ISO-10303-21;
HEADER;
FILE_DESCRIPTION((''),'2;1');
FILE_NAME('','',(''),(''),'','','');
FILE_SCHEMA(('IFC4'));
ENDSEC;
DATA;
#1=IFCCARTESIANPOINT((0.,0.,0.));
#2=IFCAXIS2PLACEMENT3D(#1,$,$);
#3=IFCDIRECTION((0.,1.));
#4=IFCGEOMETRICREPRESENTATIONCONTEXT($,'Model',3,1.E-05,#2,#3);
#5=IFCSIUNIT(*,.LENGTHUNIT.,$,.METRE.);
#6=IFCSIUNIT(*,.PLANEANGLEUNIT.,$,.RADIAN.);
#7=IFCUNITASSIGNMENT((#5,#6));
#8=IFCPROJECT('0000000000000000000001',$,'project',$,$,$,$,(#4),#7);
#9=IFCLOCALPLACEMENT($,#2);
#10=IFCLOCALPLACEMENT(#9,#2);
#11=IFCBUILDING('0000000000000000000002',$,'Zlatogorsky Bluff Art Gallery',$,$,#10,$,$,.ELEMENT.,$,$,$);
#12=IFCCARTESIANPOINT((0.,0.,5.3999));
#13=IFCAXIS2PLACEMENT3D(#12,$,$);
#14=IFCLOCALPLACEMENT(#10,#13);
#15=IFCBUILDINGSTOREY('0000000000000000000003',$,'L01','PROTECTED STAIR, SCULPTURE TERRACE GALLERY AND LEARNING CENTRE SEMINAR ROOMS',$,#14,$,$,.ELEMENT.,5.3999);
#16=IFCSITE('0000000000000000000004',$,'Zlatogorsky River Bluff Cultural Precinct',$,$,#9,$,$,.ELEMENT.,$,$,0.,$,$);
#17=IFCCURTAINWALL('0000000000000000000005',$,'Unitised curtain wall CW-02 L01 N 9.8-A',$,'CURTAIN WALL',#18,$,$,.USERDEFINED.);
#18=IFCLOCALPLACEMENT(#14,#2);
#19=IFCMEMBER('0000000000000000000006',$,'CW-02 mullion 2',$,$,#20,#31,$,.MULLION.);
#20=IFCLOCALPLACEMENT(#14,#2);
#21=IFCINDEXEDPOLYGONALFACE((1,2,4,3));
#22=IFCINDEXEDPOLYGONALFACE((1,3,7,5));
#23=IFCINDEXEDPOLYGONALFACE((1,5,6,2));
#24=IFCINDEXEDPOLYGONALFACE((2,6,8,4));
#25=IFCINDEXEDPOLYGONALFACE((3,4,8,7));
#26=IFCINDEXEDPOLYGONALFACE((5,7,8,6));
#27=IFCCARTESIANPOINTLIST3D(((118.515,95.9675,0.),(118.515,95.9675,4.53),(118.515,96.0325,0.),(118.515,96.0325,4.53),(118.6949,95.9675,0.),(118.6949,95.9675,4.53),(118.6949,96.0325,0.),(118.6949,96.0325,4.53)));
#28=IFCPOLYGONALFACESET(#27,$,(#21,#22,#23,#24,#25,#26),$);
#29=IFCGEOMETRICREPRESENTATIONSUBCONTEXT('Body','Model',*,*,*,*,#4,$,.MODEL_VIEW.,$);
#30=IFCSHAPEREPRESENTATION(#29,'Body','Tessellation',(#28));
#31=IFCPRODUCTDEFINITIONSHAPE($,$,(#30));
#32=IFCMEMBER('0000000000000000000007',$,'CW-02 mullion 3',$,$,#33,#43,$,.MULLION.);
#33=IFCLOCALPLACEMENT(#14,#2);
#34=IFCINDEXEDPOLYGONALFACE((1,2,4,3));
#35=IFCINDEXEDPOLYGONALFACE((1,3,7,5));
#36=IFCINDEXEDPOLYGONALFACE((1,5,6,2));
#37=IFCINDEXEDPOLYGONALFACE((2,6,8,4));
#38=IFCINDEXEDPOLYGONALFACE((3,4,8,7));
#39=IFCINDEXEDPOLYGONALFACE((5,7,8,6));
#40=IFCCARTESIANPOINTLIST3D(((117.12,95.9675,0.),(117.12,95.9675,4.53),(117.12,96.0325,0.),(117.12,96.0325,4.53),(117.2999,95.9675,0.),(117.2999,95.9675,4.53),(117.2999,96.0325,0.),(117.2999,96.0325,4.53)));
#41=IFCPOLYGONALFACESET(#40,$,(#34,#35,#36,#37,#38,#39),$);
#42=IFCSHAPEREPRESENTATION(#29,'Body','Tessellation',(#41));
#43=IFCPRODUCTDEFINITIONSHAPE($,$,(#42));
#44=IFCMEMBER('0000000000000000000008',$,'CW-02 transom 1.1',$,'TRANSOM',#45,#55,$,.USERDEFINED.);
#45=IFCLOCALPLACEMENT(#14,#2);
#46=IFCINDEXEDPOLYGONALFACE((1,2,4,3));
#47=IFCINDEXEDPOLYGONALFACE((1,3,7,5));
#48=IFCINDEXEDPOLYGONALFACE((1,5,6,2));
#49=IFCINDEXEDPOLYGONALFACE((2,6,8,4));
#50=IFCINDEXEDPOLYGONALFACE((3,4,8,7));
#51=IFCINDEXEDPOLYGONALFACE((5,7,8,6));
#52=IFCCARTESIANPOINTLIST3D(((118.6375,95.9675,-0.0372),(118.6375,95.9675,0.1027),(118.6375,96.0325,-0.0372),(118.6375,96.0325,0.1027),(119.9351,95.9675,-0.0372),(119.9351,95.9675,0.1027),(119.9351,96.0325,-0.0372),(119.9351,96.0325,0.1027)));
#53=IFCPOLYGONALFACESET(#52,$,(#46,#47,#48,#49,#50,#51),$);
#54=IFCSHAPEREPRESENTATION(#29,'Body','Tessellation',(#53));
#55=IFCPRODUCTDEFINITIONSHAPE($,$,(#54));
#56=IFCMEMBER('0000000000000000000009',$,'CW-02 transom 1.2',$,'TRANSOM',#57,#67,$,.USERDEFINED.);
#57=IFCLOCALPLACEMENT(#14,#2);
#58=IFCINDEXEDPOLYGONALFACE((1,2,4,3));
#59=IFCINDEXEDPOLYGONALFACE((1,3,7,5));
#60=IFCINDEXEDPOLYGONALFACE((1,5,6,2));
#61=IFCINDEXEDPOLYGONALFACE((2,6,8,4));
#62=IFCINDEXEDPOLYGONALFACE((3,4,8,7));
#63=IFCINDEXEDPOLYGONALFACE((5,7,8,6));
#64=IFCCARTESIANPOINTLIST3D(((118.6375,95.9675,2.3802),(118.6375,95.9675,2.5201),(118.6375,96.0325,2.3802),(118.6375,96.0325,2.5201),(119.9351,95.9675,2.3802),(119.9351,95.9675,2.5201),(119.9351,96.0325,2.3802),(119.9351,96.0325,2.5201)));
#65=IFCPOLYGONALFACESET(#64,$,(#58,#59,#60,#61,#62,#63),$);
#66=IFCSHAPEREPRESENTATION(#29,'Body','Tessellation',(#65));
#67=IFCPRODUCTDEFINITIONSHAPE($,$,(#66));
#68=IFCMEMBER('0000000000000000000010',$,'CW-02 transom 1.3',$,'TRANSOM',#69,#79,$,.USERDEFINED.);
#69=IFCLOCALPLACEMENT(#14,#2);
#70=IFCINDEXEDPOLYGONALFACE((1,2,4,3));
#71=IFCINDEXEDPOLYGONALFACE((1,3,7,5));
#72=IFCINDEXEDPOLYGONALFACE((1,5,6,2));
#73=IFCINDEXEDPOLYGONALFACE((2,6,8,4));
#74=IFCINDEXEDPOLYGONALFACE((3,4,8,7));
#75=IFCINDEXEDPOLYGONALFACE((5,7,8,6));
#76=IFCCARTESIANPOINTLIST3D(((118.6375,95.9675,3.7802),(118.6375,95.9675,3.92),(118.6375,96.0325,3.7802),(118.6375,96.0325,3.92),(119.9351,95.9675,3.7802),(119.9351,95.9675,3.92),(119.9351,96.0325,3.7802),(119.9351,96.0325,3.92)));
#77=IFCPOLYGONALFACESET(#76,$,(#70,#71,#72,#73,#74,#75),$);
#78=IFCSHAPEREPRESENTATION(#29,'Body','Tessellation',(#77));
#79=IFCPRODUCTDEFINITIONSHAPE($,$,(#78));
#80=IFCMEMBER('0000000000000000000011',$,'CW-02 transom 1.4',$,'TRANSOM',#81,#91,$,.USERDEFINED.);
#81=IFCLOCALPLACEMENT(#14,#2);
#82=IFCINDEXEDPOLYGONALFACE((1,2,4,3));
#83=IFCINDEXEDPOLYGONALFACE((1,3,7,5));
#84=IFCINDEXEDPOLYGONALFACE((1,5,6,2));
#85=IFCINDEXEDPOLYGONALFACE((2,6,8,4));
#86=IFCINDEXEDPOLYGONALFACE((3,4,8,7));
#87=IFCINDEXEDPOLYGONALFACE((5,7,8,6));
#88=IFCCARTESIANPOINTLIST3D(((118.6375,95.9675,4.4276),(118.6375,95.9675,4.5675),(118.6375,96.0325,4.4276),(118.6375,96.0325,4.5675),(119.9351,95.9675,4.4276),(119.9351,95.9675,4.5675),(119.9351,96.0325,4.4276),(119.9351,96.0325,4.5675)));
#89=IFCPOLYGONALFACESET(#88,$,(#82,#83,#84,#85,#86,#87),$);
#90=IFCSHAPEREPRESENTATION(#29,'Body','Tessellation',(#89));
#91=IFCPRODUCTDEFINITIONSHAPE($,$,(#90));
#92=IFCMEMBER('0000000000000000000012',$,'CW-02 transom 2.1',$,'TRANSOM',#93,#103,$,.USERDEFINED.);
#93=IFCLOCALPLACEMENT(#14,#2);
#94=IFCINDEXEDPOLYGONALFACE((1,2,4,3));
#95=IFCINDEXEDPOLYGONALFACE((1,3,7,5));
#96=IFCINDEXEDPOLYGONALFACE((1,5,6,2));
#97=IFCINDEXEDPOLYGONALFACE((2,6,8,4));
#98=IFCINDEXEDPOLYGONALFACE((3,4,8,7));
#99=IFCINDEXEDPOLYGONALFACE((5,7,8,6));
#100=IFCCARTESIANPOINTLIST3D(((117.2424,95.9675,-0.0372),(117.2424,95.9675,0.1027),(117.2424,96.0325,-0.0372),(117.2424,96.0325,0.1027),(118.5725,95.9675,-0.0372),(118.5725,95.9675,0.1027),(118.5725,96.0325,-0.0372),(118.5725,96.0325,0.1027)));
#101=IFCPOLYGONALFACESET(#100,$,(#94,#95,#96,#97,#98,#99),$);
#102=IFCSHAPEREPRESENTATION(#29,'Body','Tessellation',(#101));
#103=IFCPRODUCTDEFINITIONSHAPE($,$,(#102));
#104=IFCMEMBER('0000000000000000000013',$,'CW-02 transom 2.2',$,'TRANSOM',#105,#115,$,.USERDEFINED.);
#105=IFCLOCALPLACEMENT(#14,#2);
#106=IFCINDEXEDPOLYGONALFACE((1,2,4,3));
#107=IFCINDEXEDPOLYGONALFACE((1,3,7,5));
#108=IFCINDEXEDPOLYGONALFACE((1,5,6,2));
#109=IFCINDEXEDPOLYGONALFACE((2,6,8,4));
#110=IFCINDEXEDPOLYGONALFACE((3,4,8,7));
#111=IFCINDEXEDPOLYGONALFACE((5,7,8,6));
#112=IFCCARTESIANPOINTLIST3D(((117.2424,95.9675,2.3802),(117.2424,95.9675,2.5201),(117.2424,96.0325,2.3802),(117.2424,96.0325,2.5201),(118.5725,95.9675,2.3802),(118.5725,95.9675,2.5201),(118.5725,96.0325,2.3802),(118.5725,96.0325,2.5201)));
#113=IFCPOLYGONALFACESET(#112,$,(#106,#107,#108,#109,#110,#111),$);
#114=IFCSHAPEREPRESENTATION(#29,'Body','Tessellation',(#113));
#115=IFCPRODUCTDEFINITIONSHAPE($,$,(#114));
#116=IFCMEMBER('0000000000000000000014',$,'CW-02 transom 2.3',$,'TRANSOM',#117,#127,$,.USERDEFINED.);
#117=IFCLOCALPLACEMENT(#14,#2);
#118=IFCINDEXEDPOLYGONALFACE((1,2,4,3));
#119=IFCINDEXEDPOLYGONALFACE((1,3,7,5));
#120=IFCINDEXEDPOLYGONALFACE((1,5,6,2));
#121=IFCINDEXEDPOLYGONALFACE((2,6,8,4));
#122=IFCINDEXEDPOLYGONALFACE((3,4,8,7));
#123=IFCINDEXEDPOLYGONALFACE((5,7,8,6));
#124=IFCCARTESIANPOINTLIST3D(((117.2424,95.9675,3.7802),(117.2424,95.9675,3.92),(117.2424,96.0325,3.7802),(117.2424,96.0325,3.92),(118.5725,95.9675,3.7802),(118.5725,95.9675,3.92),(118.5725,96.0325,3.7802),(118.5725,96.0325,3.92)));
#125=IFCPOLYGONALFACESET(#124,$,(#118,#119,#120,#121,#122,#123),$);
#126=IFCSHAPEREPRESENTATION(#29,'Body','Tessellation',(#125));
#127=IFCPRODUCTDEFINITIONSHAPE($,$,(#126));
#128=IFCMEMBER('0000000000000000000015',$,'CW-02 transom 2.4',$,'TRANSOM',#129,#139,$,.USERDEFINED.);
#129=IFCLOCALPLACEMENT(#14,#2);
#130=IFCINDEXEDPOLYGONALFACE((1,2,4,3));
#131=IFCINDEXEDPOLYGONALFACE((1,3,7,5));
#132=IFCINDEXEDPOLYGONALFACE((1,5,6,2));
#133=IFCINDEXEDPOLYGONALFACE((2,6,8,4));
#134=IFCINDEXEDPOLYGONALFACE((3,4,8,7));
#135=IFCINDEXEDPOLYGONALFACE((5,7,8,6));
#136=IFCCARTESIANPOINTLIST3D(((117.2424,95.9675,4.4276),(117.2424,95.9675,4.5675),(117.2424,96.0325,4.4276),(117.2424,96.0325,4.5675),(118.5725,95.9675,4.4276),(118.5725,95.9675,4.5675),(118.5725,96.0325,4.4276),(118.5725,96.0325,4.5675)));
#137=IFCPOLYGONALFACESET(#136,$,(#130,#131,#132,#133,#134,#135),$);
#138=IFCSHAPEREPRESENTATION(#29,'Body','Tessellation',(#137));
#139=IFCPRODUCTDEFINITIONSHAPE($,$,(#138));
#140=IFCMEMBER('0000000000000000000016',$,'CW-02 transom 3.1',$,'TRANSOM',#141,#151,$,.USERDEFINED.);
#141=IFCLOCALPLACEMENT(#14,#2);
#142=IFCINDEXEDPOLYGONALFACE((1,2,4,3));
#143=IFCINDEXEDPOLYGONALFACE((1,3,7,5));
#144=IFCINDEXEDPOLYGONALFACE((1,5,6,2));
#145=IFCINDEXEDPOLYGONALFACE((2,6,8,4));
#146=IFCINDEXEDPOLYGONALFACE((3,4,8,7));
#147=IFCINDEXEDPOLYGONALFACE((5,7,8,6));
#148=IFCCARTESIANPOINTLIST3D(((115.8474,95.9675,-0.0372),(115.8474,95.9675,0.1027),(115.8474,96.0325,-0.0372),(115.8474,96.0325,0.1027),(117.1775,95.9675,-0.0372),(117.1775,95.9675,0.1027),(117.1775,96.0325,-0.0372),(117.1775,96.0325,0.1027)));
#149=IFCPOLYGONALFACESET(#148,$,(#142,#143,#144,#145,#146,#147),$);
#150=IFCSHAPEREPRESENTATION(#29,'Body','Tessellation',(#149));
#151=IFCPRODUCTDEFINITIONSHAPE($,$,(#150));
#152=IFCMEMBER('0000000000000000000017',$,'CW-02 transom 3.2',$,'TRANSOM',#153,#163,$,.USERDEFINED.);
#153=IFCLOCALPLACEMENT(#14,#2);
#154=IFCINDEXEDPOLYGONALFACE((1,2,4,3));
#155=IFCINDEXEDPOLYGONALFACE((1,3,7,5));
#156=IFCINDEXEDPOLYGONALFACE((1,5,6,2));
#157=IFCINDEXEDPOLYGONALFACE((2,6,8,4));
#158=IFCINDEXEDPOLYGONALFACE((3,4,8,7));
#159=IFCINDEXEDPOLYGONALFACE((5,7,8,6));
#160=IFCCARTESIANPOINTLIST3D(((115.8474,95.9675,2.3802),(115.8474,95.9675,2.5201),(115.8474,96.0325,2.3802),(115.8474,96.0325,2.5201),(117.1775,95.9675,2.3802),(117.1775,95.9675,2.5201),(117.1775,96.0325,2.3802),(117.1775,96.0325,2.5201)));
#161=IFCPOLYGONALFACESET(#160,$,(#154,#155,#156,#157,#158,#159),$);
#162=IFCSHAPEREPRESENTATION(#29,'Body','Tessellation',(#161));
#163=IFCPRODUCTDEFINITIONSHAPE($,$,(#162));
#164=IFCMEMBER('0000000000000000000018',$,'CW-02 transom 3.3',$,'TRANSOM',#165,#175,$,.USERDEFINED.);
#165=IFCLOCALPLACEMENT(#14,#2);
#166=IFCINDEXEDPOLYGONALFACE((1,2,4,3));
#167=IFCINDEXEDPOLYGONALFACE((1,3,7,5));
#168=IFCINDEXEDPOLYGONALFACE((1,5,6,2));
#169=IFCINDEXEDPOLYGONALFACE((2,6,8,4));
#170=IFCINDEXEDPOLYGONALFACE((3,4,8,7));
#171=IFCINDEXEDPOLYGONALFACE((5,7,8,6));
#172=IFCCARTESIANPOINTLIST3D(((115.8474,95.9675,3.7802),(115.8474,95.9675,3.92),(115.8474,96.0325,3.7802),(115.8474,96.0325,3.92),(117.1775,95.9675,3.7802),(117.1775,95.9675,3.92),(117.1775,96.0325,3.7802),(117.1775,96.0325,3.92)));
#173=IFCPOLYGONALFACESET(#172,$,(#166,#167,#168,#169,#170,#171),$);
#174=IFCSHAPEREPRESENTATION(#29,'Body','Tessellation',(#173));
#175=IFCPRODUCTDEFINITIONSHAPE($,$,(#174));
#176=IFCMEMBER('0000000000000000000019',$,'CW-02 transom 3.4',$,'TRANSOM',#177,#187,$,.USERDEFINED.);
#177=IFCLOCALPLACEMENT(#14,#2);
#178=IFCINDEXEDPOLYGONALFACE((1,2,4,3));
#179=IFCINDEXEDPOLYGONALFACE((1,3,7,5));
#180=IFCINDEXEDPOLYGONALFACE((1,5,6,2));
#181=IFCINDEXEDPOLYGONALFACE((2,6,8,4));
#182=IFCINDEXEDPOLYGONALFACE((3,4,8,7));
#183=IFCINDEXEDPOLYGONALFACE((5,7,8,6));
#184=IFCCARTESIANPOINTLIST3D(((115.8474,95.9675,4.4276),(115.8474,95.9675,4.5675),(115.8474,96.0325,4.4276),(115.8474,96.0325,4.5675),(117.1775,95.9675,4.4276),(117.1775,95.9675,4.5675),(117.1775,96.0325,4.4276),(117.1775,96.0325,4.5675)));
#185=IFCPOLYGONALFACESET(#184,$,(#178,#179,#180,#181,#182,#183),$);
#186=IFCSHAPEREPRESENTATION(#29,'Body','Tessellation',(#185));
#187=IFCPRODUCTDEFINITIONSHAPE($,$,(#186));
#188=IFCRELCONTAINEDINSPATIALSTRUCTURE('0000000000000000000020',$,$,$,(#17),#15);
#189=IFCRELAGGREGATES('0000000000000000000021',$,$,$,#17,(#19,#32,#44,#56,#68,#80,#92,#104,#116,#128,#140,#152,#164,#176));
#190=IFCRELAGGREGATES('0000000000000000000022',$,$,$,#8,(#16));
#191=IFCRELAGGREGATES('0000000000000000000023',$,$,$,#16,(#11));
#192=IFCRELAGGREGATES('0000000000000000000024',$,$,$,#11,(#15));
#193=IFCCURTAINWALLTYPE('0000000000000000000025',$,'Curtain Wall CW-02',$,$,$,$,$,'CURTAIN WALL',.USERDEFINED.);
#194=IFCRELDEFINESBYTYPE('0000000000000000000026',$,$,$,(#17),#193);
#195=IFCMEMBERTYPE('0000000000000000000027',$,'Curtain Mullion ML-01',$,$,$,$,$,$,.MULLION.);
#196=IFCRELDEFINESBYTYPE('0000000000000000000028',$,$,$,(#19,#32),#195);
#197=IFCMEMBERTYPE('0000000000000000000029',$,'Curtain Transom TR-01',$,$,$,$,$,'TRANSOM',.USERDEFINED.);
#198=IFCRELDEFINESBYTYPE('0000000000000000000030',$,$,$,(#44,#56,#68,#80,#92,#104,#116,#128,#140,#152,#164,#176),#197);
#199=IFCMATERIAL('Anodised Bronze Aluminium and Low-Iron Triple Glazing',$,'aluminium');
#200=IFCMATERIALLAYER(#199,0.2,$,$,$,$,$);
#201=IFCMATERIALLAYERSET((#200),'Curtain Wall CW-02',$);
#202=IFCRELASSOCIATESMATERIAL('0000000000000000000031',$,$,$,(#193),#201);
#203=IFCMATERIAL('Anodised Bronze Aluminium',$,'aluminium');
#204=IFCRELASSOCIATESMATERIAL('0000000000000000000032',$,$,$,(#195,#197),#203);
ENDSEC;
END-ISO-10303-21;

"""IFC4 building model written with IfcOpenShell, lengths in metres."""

from ifc_helpers import new_model, si_unit, direction, frame, origin, origin_2d, place, context, subcontext, project, spatial, rectangle, extrude, material, layer, layer_set, material_profile, profile_set, type_object, element, aggregate, save


model = new_model("IFC4")

# Units and contexts
model_context = context("Model", 3, precision=1e-05, world=origin(), true_north=direction((0.0, 1.0)))
body_context = subcontext(model_context, "Body", "Model", "MODEL_VIEW")
ifc_project = project(units=[si_unit("LENGTHUNIT", "METRE"), si_unit("PLANEANGLEUNIT", "RADIAN")], contexts=[model_context])

# Site, building, storey
site_placement = place(None, origin())
site = spatial("IfcSite", under=ifc_project, at=site_placement, Name="Zlatogorsky River Bluff Cultural Precinct", CompositionType="ELEMENT", RefElevation=0.0)
building_placement = place(site_placement, origin())
building = spatial("IfcBuilding", under=site, at=building_placement, Name="Zlatogorsky Bluff Art Gallery", CompositionType="ELEMENT")
storey_placement = place(building_placement, frame((0.0, 0.0, 5.3999)))
storey = spatial("IfcBuildingStorey", under=building, at=storey_placement, Name="L01", Description="PROTECTED STAIR, SCULPTURE TERRACE GALLERY AND LEARNING CENTRE SEMINAR ROOMS", CompositionType="ELEMENT", Elevation=5.3999)

# Curtain wall, members
ifc_material_1 = material(Name="Anodised Bronze Aluminium and Low-Iron Triple Glazing", Category="aluminium")
ifc_layer_1 = layer(ifc_material_1, 0.2)
ifc_layer_set_1 = layer_set([ifc_layer_1], Name="Curtain Wall CW-02")
curtain_wall_type = type_object("IfcCurtainWallType", Name="Curtain Wall CW-02", ElementType="CURTAIN WALL", PredefinedType="USERDEFINED", material=ifc_layer_set_1)
curtain_wall_placement = place(storey_placement, origin())
curtain_wall = element("IfcCurtainWall", 1, at=curtain_wall_placement, inside=storey, type_object=curtain_wall_type, Name="Unitised curtain wall CW-02 L01 N 9.8-A", ObjectType="CURTAIN WALL", PredefinedType="USERDEFINED")
ifc_material_2 = material(Name="Anodised Bronze Aluminium", Category="aluminium")
ifc_material_profile_1 = material_profile(ifc_material_2, rectangle(XDim=0.0649, YDim=0.1799, at=origin_2d()), Name="ALU MULLION 65x180")
ifc_profile_set_1 = profile_set([ifc_material_profile_1], Name="Anodised Bronze Aluminium")
member_type_1 = type_object("IfcMemberType", Name="Curtain Mullion ML-01", PredefinedType="MULLION", material=ifc_profile_set_1)
member_1_placement = place(storey_placement, frame((118.605, 96.0, 0.0), z_axis=(0.0, 0.0, 1.0), x_axis=(0.0, -1.0, 0.0)))
member_1 = element("IfcMember", 2, at=member_1_placement, type_object=member_type_1, Name="CW-02 mullion 2", PredefinedType="MULLION", context=body_context, shape_type="SweptSolid", body=[
    extrude(rectangle(XDim=0.0649, YDim=0.1799, at=origin_2d()), origin(), (0.0, 0.0, 1.0), 4.53),
])
member_2_placement = place(storey_placement, frame((117.21, 96.0, 0.0), z_axis=(0.0, 0.0, 1.0), x_axis=(0.0, -1.0, 0.0)))
member_2 = element("IfcMember", 3, at=member_2_placement, type_object=member_type_1, Name="CW-02 mullion 3", PredefinedType="MULLION", context=body_context, shape_type="SweptSolid", body=[
    extrude(rectangle(XDim=0.0649, YDim=0.1799, at=origin_2d()), origin(), (0.0, 0.0, 1.0), 4.53),
])
ifc_material_profile_2 = material_profile(ifc_material_2, rectangle(XDim=0.0649, YDim=0.1399, at=origin_2d()), Name="ALU TRANSOM 65x140")
ifc_profile_set_2 = profile_set([ifc_material_profile_2], Name="Anodised Bronze Aluminium")
member_type_2 = type_object("IfcMemberType", Name="Curtain Transom TR-01", ElementType="TRANSOM", PredefinedType="USERDEFINED", material=ifc_profile_set_2)
member_3_placement = place(storey_placement, frame((119.9351, 96.0, 0.0327), z_axis=(-1.0, 0.0, 0.0), x_axis=(0.0, -1.0, 0.0)))
member_3 = element("IfcMember", 4, at=member_3_placement, type_object=member_type_2, Name="CW-02 transom 1.1", ObjectType="TRANSOM", PredefinedType="USERDEFINED", context=body_context, shape_type="SweptSolid", body=[
    extrude(rectangle(XDim=0.0649, YDim=0.1399, at=origin_2d()), origin(), (0.0, 0.0, 1.0), 1.2976),
])
member_4_placement = place(storey_placement, frame((119.9351, 96.0, 2.4502), z_axis=(-1.0, 0.0, 0.0), x_axis=(0.0, -1.0, 0.0)))
member_4 = element("IfcMember", 5, at=member_4_placement, type_object=member_type_2, Name="CW-02 transom 1.2", ObjectType="TRANSOM", PredefinedType="USERDEFINED", context=body_context, shape_type="SweptSolid", body=[
    extrude(rectangle(XDim=0.0649, YDim=0.1399, at=origin_2d()), origin(), (0.0, 0.0, 1.0), 1.2976),
])
member_5_placement = place(storey_placement, frame((119.9351, 96.0, 3.8501), z_axis=(-1.0, 0.0, 0.0), x_axis=(0.0, -1.0, 0.0)))
member_5 = element("IfcMember", 6, at=member_5_placement, type_object=member_type_2, Name="CW-02 transom 1.3", ObjectType="TRANSOM", PredefinedType="USERDEFINED", context=body_context, shape_type="SweptSolid", body=[
    extrude(rectangle(XDim=0.0649, YDim=0.1399, at=origin_2d()), origin(), (0.0, 0.0, 1.0), 1.2976),
])
member_6_placement = place(storey_placement, frame((119.9351, 96.0, 4.4976), z_axis=(-1.0, 0.0, 0.0), x_axis=(0.0, -1.0, 0.0)))
member_6 = element("IfcMember", 7, at=member_6_placement, type_object=member_type_2, Name="CW-02 transom 1.4", ObjectType="TRANSOM", PredefinedType="USERDEFINED", context=body_context, shape_type="SweptSolid", body=[
    extrude(rectangle(XDim=0.0649, YDim=0.1399, at=origin_2d()), origin(), (0.0, 0.0, 1.0), 1.2976),
])
member_7_placement = place(storey_placement, frame((118.5725, 96.0, 0.0327), z_axis=(-1.0, 0.0, 0.0), x_axis=(0.0, -1.0, 0.0)))
member_7 = element("IfcMember", 8, at=member_7_placement, type_object=member_type_2, Name="CW-02 transom 2.1", ObjectType="TRANSOM", PredefinedType="USERDEFINED", context=body_context, shape_type="SweptSolid", body=[
    extrude(rectangle(XDim=0.0649, YDim=0.1399, at=origin_2d()), origin(), (0.0, 0.0, 1.0), 1.3301),
])
member_8_placement = place(storey_placement, frame((118.5725, 96.0, 2.4502), z_axis=(-1.0, 0.0, 0.0), x_axis=(0.0, -1.0, 0.0)))
member_8 = element("IfcMember", 9, at=member_8_placement, type_object=member_type_2, Name="CW-02 transom 2.2", ObjectType="TRANSOM", PredefinedType="USERDEFINED", context=body_context, shape_type="SweptSolid", body=[
    extrude(rectangle(XDim=0.0649, YDim=0.1399, at=origin_2d()), origin(), (0.0, 0.0, 1.0), 1.3301),
])
member_9_placement = place(storey_placement, frame((118.5725, 96.0, 3.8501), z_axis=(-1.0, 0.0, 0.0), x_axis=(0.0, -1.0, 0.0)))
member_9 = element("IfcMember", 10, at=member_9_placement, type_object=member_type_2, Name="CW-02 transom 2.3", ObjectType="TRANSOM", PredefinedType="USERDEFINED", context=body_context, shape_type="SweptSolid", body=[
    extrude(rectangle(XDim=0.0649, YDim=0.1399, at=origin_2d()), origin(), (0.0, 0.0, 1.0), 1.3301),
])
member_10_placement = place(storey_placement, frame((118.5725, 96.0, 4.4976), z_axis=(-1.0, 0.0, 0.0), x_axis=(0.0, -1.0, 0.0)))
member_10 = element("IfcMember", 11, at=member_10_placement, type_object=member_type_2, Name="CW-02 transom 2.4", ObjectType="TRANSOM", PredefinedType="USERDEFINED", context=body_context, shape_type="SweptSolid", body=[
    extrude(rectangle(XDim=0.0649, YDim=0.1399, at=origin_2d()), origin(), (0.0, 0.0, 1.0), 1.3301),
])
member_11_placement = place(storey_placement, frame((117.1775, 96.0, 0.0327), z_axis=(-1.0, 0.0, 0.0), x_axis=(0.0, -1.0, 0.0)))
member_11 = element("IfcMember", 12, at=member_11_placement, type_object=member_type_2, Name="CW-02 transom 3.1", ObjectType="TRANSOM", PredefinedType="USERDEFINED", context=body_context, shape_type="SweptSolid", body=[
    extrude(rectangle(XDim=0.0649, YDim=0.1399, at=origin_2d()), origin(), (0.0, 0.0, 1.0), 1.3301),
])
member_12_placement = place(storey_placement, frame((117.1775, 96.0, 2.4502), z_axis=(-1.0, 0.0, 0.0), x_axis=(0.0, -1.0, 0.0)))
member_12 = element("IfcMember", 13, at=member_12_placement, type_object=member_type_2, Name="CW-02 transom 3.2", ObjectType="TRANSOM", PredefinedType="USERDEFINED", context=body_context, shape_type="SweptSolid", body=[
    extrude(rectangle(XDim=0.0649, YDim=0.1399, at=origin_2d()), origin(), (0.0, 0.0, 1.0), 1.3301),
])
member_13_placement = place(storey_placement, frame((117.1775, 96.0, 3.8501), z_axis=(-1.0, 0.0, 0.0), x_axis=(0.0, -1.0, 0.0)))
member_13 = element("IfcMember", 14, at=member_13_placement, type_object=member_type_2, Name="CW-02 transom 3.3", ObjectType="TRANSOM", PredefinedType="USERDEFINED", context=body_context, shape_type="SweptSolid", body=[
    extrude(rectangle(XDim=0.0649, YDim=0.1399, at=origin_2d()), origin(), (0.0, 0.0, 1.0), 1.3301),
])
member_14_placement = place(storey_placement, frame((117.1775, 96.0, 4.4976), z_axis=(-1.0, 0.0, 0.0), x_axis=(0.0, -1.0, 0.0)))
member_14 = element("IfcMember", 15, at=member_14_placement, type_object=member_type_2, Name="CW-02 transom 3.4", ObjectType="TRANSOM", PredefinedType="USERDEFINED", context=body_context, shape_type="SweptSolid", body=[
    extrude(rectangle(XDim=0.0649, YDim=0.1399, at=origin_2d()), origin(), (0.0, 0.0, 1.0), 1.3301),
])
aggregate(curtain_wall, [member_1, member_2, member_3, member_4, member_5, member_6, member_7, member_8, member_9, member_10, member_11, member_12, member_13, member_14])

save(model, "model.ifc")
